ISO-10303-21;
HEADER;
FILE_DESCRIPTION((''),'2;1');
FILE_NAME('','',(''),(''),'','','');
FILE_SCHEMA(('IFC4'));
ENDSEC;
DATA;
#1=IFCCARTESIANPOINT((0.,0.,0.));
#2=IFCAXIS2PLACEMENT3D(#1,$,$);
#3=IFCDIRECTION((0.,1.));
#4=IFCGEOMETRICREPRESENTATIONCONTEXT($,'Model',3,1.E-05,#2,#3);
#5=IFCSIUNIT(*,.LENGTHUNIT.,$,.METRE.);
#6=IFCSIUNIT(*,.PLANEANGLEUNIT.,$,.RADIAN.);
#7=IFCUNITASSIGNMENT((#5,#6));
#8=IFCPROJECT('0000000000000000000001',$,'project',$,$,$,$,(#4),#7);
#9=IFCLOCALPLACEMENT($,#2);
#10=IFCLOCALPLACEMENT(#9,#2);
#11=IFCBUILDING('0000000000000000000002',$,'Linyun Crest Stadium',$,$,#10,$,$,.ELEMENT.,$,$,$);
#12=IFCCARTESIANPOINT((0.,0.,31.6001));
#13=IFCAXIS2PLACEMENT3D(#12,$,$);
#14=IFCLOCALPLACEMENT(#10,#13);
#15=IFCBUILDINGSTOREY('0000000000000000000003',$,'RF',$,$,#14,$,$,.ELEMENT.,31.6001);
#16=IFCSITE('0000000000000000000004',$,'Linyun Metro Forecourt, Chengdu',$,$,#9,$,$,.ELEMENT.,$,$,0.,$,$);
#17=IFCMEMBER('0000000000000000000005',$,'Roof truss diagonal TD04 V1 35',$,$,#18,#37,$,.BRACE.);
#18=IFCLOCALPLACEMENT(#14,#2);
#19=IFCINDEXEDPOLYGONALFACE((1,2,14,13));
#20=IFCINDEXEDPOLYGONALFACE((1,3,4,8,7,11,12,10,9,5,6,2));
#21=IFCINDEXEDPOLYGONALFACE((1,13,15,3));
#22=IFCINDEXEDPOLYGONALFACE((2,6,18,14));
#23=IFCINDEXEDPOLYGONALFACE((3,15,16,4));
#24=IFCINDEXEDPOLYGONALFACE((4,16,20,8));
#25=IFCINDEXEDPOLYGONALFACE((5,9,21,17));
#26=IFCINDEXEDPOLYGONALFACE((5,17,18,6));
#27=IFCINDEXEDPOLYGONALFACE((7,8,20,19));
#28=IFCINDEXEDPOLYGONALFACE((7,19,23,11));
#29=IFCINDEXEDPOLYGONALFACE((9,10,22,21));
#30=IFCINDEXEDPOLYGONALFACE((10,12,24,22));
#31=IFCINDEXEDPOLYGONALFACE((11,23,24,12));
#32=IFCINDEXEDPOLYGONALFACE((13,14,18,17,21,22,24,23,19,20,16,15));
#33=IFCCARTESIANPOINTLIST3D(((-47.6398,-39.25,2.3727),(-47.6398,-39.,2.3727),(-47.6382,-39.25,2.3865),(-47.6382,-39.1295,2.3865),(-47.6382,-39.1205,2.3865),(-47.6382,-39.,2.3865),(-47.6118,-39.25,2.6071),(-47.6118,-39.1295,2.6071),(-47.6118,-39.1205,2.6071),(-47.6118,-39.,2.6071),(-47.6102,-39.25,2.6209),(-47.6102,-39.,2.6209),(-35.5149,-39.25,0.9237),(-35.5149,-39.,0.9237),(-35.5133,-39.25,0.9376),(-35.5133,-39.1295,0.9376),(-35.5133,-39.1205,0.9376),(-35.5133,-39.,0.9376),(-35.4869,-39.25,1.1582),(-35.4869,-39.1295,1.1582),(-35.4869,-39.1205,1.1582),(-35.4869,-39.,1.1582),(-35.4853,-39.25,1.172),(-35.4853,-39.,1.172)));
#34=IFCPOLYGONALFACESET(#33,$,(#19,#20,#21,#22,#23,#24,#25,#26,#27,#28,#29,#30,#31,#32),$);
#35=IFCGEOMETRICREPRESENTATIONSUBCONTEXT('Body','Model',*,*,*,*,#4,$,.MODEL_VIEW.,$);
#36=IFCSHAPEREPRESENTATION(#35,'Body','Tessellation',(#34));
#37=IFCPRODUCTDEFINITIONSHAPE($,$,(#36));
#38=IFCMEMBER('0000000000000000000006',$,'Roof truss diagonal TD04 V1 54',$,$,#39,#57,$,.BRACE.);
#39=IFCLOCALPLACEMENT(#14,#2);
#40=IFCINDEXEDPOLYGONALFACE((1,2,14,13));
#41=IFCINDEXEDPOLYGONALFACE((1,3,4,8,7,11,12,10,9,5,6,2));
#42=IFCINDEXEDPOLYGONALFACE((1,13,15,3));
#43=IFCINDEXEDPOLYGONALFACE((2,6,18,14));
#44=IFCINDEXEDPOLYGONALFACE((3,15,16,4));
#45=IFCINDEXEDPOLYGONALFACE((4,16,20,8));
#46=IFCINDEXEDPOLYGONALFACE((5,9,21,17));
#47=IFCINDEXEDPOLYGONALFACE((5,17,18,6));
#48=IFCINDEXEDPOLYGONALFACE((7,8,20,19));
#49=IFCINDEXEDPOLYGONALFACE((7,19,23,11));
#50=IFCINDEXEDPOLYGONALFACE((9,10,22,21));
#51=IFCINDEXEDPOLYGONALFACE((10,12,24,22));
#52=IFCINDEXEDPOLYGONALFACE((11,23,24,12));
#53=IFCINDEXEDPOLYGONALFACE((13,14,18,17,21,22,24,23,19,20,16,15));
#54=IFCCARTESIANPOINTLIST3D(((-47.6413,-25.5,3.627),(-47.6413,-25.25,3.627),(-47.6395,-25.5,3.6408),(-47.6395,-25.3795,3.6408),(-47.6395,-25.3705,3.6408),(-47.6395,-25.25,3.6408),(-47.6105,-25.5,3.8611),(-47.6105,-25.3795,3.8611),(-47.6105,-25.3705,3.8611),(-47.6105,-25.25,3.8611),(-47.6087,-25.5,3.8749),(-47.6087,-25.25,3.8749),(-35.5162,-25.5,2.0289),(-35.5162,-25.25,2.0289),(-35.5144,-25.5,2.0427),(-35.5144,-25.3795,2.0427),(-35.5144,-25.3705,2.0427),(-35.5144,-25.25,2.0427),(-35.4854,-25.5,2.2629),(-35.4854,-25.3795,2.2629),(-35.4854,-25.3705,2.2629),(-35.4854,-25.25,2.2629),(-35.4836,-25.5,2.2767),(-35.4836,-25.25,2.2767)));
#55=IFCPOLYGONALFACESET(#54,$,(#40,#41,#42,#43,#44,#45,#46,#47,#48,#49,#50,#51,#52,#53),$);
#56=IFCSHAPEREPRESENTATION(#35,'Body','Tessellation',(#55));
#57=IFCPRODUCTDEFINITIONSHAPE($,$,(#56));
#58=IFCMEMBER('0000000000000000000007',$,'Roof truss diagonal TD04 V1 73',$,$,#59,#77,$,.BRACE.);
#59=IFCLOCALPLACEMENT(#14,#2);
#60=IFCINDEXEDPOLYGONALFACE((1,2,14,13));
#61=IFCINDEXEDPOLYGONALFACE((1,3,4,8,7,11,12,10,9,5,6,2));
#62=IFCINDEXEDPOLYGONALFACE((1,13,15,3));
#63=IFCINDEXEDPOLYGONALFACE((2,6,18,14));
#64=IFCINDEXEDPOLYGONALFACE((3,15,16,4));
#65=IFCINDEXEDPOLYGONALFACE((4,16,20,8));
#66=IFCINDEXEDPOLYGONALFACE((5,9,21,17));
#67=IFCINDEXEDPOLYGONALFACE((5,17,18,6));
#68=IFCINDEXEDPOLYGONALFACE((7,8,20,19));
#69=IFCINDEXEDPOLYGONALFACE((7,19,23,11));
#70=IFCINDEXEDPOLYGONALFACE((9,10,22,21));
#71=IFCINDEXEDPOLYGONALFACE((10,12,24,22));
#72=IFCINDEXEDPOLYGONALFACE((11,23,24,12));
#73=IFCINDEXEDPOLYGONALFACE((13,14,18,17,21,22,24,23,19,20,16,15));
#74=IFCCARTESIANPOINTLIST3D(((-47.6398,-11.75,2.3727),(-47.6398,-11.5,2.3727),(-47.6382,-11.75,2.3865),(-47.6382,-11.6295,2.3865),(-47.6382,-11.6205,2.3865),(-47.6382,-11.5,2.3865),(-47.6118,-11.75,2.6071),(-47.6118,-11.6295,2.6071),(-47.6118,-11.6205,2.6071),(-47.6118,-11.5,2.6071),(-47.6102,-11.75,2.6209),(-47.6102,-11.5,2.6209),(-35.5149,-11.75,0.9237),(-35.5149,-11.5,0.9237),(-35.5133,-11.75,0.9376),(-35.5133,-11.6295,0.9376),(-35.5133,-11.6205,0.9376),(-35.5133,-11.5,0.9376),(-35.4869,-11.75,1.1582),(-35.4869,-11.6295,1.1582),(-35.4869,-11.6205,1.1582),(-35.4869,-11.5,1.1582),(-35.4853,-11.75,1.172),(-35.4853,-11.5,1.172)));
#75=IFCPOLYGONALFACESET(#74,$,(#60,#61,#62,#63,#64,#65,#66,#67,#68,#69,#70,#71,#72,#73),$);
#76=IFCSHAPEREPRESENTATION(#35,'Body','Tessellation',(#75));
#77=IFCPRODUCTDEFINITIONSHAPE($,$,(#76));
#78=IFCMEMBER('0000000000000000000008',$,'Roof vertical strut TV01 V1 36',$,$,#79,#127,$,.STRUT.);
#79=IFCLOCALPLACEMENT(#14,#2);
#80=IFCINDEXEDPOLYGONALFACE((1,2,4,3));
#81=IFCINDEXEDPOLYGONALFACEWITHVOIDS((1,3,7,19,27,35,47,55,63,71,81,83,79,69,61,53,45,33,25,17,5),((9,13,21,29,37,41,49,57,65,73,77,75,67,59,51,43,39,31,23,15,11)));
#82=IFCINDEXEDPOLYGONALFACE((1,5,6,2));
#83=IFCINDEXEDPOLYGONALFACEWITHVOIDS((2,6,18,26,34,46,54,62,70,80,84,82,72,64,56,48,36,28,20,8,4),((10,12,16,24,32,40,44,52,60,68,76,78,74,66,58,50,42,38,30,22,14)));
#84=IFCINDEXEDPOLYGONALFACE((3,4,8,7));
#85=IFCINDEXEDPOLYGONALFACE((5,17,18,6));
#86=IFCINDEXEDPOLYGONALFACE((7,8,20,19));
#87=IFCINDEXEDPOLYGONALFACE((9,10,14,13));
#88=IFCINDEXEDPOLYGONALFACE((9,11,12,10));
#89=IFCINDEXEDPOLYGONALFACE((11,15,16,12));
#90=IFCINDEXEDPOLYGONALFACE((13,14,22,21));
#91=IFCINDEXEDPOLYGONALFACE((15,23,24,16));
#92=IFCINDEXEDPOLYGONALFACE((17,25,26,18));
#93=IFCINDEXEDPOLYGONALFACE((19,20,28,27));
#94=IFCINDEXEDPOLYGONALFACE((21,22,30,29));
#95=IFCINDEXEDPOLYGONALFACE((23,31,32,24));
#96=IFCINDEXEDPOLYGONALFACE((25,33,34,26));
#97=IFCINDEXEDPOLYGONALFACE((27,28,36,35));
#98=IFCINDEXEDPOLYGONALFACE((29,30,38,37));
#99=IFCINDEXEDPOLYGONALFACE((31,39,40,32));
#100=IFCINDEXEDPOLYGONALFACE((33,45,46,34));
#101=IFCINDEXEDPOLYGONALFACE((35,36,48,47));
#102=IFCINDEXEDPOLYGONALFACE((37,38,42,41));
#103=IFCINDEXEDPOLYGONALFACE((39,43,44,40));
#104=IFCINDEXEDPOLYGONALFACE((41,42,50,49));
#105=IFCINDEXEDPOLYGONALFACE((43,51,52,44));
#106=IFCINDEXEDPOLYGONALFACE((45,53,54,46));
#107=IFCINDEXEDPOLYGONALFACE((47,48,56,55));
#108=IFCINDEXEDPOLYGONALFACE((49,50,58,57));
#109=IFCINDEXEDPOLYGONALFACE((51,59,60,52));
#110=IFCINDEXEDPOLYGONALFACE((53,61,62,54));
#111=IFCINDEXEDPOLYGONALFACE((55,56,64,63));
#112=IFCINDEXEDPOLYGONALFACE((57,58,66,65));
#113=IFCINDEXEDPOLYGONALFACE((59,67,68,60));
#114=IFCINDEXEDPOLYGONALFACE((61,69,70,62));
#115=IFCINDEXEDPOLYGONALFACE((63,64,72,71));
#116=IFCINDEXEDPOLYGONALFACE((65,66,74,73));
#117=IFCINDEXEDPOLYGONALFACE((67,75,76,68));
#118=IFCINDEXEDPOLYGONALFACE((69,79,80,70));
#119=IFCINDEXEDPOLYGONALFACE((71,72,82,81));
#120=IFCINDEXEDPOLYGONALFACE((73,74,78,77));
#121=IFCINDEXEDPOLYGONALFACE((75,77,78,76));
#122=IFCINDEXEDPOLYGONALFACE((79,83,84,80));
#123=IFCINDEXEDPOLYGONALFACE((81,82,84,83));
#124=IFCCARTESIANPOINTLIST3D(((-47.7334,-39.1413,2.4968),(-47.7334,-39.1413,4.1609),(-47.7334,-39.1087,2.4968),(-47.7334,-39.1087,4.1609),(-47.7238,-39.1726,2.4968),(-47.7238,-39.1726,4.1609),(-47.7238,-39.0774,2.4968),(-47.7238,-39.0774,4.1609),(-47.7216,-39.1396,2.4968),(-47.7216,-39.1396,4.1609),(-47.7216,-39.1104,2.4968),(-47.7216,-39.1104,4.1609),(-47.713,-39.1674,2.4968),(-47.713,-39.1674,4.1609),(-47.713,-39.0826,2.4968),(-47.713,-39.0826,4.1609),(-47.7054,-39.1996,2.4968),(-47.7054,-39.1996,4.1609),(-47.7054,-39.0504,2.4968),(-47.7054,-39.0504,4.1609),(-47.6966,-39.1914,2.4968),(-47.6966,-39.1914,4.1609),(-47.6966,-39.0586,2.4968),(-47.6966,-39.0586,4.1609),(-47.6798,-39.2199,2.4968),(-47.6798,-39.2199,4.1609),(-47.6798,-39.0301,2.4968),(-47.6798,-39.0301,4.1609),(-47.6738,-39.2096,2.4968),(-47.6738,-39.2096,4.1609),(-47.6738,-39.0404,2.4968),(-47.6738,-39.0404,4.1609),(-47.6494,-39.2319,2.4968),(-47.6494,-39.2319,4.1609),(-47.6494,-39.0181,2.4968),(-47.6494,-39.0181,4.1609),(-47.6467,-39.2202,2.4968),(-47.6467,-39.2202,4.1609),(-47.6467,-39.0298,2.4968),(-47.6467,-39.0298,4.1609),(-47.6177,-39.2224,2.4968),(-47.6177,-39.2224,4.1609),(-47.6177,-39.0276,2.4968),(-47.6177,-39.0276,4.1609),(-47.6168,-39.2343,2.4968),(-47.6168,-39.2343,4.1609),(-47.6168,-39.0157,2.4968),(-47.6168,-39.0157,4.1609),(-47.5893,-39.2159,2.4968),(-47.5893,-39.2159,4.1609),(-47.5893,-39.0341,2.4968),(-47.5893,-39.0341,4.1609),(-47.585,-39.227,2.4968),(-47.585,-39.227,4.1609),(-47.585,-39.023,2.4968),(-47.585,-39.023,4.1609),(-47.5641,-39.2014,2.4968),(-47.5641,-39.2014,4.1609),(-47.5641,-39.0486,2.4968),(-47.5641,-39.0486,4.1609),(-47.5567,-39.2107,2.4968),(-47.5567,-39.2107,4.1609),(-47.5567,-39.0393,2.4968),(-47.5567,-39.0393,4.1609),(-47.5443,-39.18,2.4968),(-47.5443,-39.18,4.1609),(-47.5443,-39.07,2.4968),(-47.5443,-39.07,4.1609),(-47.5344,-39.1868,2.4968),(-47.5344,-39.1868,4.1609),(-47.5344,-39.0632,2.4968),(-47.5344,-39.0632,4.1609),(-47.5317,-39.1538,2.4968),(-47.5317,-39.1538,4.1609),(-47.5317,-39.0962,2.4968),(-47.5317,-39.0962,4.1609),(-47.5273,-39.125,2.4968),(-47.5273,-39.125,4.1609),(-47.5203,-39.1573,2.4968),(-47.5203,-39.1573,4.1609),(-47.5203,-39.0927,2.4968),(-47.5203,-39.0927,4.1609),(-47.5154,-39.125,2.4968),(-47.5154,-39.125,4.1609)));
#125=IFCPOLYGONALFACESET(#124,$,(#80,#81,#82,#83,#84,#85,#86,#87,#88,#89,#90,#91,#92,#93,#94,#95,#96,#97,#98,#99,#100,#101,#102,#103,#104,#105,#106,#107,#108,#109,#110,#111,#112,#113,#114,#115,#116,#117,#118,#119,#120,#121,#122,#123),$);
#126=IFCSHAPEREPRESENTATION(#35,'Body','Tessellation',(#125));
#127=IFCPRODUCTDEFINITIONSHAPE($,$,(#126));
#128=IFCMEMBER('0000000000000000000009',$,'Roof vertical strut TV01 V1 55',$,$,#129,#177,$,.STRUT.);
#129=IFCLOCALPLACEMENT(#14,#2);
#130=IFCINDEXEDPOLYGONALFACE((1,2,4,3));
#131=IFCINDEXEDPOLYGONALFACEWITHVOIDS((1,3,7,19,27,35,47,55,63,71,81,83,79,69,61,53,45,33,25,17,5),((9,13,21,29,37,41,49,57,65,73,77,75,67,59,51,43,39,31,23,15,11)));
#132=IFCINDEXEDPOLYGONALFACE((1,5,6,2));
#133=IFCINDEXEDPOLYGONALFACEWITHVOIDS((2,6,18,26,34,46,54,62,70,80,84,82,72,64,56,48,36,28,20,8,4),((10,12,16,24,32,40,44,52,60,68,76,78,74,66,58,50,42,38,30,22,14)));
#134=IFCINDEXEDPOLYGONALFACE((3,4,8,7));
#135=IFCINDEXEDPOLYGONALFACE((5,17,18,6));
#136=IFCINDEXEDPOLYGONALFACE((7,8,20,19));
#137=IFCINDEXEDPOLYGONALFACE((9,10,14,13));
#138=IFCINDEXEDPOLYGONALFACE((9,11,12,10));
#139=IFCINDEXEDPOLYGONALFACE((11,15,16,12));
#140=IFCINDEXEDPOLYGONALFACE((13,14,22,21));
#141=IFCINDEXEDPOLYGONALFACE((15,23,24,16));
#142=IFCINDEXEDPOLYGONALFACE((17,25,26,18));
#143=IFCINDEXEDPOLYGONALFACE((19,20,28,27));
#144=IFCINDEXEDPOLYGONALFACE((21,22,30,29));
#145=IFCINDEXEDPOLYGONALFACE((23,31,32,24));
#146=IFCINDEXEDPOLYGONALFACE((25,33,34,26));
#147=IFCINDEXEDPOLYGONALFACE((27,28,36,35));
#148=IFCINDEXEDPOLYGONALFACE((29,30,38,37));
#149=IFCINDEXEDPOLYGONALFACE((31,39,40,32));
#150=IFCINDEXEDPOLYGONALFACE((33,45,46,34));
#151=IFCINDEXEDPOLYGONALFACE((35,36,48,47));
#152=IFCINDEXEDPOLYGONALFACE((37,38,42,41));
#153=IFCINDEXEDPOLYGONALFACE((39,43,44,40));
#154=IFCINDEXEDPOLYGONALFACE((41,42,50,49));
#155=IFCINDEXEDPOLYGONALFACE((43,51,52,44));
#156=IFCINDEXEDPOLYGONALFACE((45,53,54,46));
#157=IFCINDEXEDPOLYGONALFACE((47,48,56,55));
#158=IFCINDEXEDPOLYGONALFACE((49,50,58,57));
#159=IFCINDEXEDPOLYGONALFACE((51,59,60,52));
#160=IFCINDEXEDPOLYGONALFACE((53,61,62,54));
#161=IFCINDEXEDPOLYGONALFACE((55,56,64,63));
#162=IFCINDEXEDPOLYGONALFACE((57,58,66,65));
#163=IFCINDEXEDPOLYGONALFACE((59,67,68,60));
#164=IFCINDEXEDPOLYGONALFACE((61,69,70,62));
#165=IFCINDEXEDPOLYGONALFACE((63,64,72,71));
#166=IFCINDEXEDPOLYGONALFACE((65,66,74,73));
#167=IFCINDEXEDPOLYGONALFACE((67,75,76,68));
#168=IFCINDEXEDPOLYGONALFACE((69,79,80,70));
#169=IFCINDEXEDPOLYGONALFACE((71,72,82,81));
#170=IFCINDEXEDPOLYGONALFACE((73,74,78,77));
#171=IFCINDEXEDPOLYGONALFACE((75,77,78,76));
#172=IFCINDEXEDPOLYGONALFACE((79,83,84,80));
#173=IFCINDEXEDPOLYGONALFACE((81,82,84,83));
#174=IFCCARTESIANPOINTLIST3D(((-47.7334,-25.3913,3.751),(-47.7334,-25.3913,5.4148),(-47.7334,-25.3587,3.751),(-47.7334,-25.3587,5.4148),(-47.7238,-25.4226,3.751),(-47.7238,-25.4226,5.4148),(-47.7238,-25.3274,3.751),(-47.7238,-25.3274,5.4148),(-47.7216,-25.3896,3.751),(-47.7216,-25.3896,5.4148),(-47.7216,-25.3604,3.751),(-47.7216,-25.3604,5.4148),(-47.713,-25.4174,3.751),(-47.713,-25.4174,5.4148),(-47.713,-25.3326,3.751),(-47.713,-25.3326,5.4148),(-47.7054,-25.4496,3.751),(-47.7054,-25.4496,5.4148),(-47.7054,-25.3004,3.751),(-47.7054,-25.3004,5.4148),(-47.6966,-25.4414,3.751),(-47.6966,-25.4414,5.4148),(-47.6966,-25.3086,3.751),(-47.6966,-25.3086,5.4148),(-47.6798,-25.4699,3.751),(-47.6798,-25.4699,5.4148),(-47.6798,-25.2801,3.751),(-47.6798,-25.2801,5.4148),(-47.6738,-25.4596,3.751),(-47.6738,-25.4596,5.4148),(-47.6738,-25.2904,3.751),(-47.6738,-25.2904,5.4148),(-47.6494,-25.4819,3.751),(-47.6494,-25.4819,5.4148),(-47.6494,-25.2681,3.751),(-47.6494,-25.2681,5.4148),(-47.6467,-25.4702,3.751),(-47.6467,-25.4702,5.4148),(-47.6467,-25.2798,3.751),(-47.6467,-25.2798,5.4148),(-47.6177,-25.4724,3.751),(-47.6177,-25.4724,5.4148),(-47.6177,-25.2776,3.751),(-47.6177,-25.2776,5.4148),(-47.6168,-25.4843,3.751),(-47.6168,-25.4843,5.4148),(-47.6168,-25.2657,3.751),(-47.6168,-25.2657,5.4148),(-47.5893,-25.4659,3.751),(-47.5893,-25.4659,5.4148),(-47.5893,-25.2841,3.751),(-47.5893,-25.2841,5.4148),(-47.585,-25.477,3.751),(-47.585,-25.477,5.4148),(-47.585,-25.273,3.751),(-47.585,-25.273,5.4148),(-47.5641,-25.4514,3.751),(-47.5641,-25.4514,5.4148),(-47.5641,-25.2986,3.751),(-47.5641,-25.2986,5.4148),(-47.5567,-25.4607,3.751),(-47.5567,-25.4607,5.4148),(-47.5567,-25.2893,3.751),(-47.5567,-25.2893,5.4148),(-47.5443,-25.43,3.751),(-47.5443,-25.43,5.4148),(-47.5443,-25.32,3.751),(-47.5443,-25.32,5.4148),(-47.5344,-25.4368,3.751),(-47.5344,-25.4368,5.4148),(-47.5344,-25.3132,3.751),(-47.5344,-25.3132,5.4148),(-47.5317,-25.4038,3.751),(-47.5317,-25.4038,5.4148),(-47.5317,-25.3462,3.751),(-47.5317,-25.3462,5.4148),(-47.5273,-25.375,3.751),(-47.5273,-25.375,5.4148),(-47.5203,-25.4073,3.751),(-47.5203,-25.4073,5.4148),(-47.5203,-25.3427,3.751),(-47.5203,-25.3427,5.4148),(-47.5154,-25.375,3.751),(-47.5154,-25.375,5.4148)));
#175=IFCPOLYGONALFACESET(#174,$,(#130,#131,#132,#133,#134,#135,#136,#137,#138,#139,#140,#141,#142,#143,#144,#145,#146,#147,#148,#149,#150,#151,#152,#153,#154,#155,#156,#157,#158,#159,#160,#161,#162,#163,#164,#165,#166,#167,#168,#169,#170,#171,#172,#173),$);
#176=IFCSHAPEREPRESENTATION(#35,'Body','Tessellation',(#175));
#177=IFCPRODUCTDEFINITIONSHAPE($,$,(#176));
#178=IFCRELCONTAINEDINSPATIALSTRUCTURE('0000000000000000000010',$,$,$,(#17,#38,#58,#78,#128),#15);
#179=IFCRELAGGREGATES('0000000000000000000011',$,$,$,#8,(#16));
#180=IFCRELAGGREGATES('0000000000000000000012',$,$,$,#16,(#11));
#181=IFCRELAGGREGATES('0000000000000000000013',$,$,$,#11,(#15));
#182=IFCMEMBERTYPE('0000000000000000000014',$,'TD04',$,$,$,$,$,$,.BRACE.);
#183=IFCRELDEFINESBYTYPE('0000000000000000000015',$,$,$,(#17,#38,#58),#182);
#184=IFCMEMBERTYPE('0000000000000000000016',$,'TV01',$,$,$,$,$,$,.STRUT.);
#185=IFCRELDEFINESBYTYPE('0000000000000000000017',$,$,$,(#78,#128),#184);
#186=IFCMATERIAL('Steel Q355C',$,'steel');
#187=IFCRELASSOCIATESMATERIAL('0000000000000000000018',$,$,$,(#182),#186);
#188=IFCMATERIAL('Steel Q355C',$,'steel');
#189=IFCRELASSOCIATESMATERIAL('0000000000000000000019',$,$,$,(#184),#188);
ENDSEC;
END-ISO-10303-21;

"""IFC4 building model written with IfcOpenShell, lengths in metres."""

from ifc_helpers import new_model, si_unit, direction, frame, origin, origin_2d, place, context, subcontext, project, spatial, hollow_circle, i_section, extrude, material, material_profile, profile_set, type_object, element, save


model = new_model("IFC4")

# Units and contexts
model_context = context("Model", 3, precision=1e-05, world=origin(), true_north=direction((0.0, 1.0)))
body_context = subcontext(model_context, "Body", "Model", "MODEL_VIEW")
ifc_project = project(units=[si_unit("LENGTHUNIT", "METRE"), si_unit("PLANEANGLEUNIT", "RADIAN")], contexts=[model_context])

# Site, building, storey
site_placement = place(None, origin())
site = spatial("IfcSite", under=ifc_project, at=site_placement, Name="Linyun Metro Forecourt, Chengdu", CompositionType="ELEMENT", RefElevation=0.0)
building_placement = place(site_placement, origin())
building = spatial("IfcBuilding", under=site, at=building_placement, Name="Linyun Crest Stadium", CompositionType="ELEMENT")
storey_placement = place(building_placement, frame((0.0, 0.0, 31.6001)))
storey = spatial("IfcBuildingStorey", under=building, at=storey_placement, Name="RF", CompositionType="ELEMENT", Elevation=31.6001)

# Members
ifc_material_1 = material(Name="Steel Q355C", Category="steel")
ifc_material_profile_1 = material_profile(ifc_material_1, i_section(OverallWidth=0.25, OverallDepth=0.25, WebThickness=0.009, FlangeThickness=0.0139, at=origin_2d()), Name="HW 250x250")
ifc_profile_set_1 = profile_set([ifc_material_profile_1], Name="Steel Q355C")
member_type_1 = type_object("IfcMemberType", Name="TD04", PredefinedType="BRACE", material=ifc_profile_set_1)
member_1_placement = place(storey_placement, frame((-47.625, -39.125, 2.4968), z_axis=(0.992935, 0.0, -0.118659), x_axis=(0.0, 1.0, 0.0)))
element("IfcMember", 1, at=member_1_placement, inside=storey, type_object=member_type_1, Name="Roof truss diagonal TD04 V1 35", PredefinedType="BRACE", context=body_context, shape_type="SweptSolid", body=[
    extrude(i_section(OverallWidth=0.25, OverallDepth=0.25, WebThickness=0.009, FlangeThickness=0.0139, at=origin_2d()), origin(), (0.0, 0.0, 1.0), 12.2112),
])
member_2_placement = place(storey_placement, frame((-47.625, -25.375, 3.751), z_axis=(0.991425, 0.0, -0.130676), x_axis=(0.0, 1.0, 0.0)))
element("IfcMember", 2, at=member_2_placement, inside=storey, type_object=member_type_1, Name="Roof truss diagonal TD04 V1 54", PredefinedType="BRACE", context=body_context, shape_type="SweptSolid", body=[
    extrude(i_section(OverallWidth=0.25, OverallDepth=0.25, WebThickness=0.009, FlangeThickness=0.0139, at=origin_2d()), origin(), (0.0, 0.0, 1.0), 12.23),
])
member_3_placement = place(storey_placement, frame((-47.625, -11.625, 2.4968), z_axis=(0.992935, 0.0, -0.118659), x_axis=(0.0, 1.0, 0.0)))
element("IfcMember", 3, at=member_3_placement, inside=storey, type_object=member_type_1, Name="Roof truss diagonal TD04 V1 73", PredefinedType="BRACE", context=body_context, shape_type="SweptSolid", body=[
    extrude(i_section(OverallWidth=0.25, OverallDepth=0.25, WebThickness=0.009, FlangeThickness=0.0139, at=origin_2d()), origin(), (0.0, 0.0, 1.0), 12.2112),
])
ifc_material_2 = material(Name="Steel Q355C", Category="steel")
ifc_material_profile_2 = material_profile(ifc_material_2, hollow_circle(Radius=0.1096, WallThickness=0.012, at=origin_2d()), Name="CHS 219x12")
ifc_profile_set_2 = profile_set([ifc_material_profile_2], Name="Steel Q355C")
member_type_2 = type_object("IfcMemberType", Name="TV01", PredefinedType="STRUT", material=ifc_profile_set_2)
member_4_placement = place(storey_placement, frame((-47.625, -39.125, 2.4968), z_axis=(0.0, 0.0, 1.0), x_axis=(1.0, 0.0, 0.0)))
element("IfcMember", 4, at=member_4_placement, inside=storey, type_object=member_type_2, Name="Roof vertical strut TV01 V1 36", PredefinedType="STRUT", context=body_context, shape_type="SweptSolid", body=[
    extrude(hollow_circle(Radius=0.1096, WallThickness=0.012, at=origin_2d()), origin(), (0.0, 0.0, 1.0), 1.6641),
])
member_5_placement = place(storey_placement, frame((-47.625, -25.375, 3.751), z_axis=(0.0, 0.0, 1.0), x_axis=(1.0, 0.0, 0.0)))
element("IfcMember", 5, at=member_5_placement, inside=storey, type_object=member_type_2, Name="Roof vertical strut TV01 V1 55", PredefinedType="STRUT", context=body_context, shape_type="SweptSolid", body=[
    extrude(hollow_circle(Radius=0.1096, WallThickness=0.012, at=origin_2d()), origin(), (0.0, 0.0, 1.0), 1.6638),
])

save(model, "model.ifc")
